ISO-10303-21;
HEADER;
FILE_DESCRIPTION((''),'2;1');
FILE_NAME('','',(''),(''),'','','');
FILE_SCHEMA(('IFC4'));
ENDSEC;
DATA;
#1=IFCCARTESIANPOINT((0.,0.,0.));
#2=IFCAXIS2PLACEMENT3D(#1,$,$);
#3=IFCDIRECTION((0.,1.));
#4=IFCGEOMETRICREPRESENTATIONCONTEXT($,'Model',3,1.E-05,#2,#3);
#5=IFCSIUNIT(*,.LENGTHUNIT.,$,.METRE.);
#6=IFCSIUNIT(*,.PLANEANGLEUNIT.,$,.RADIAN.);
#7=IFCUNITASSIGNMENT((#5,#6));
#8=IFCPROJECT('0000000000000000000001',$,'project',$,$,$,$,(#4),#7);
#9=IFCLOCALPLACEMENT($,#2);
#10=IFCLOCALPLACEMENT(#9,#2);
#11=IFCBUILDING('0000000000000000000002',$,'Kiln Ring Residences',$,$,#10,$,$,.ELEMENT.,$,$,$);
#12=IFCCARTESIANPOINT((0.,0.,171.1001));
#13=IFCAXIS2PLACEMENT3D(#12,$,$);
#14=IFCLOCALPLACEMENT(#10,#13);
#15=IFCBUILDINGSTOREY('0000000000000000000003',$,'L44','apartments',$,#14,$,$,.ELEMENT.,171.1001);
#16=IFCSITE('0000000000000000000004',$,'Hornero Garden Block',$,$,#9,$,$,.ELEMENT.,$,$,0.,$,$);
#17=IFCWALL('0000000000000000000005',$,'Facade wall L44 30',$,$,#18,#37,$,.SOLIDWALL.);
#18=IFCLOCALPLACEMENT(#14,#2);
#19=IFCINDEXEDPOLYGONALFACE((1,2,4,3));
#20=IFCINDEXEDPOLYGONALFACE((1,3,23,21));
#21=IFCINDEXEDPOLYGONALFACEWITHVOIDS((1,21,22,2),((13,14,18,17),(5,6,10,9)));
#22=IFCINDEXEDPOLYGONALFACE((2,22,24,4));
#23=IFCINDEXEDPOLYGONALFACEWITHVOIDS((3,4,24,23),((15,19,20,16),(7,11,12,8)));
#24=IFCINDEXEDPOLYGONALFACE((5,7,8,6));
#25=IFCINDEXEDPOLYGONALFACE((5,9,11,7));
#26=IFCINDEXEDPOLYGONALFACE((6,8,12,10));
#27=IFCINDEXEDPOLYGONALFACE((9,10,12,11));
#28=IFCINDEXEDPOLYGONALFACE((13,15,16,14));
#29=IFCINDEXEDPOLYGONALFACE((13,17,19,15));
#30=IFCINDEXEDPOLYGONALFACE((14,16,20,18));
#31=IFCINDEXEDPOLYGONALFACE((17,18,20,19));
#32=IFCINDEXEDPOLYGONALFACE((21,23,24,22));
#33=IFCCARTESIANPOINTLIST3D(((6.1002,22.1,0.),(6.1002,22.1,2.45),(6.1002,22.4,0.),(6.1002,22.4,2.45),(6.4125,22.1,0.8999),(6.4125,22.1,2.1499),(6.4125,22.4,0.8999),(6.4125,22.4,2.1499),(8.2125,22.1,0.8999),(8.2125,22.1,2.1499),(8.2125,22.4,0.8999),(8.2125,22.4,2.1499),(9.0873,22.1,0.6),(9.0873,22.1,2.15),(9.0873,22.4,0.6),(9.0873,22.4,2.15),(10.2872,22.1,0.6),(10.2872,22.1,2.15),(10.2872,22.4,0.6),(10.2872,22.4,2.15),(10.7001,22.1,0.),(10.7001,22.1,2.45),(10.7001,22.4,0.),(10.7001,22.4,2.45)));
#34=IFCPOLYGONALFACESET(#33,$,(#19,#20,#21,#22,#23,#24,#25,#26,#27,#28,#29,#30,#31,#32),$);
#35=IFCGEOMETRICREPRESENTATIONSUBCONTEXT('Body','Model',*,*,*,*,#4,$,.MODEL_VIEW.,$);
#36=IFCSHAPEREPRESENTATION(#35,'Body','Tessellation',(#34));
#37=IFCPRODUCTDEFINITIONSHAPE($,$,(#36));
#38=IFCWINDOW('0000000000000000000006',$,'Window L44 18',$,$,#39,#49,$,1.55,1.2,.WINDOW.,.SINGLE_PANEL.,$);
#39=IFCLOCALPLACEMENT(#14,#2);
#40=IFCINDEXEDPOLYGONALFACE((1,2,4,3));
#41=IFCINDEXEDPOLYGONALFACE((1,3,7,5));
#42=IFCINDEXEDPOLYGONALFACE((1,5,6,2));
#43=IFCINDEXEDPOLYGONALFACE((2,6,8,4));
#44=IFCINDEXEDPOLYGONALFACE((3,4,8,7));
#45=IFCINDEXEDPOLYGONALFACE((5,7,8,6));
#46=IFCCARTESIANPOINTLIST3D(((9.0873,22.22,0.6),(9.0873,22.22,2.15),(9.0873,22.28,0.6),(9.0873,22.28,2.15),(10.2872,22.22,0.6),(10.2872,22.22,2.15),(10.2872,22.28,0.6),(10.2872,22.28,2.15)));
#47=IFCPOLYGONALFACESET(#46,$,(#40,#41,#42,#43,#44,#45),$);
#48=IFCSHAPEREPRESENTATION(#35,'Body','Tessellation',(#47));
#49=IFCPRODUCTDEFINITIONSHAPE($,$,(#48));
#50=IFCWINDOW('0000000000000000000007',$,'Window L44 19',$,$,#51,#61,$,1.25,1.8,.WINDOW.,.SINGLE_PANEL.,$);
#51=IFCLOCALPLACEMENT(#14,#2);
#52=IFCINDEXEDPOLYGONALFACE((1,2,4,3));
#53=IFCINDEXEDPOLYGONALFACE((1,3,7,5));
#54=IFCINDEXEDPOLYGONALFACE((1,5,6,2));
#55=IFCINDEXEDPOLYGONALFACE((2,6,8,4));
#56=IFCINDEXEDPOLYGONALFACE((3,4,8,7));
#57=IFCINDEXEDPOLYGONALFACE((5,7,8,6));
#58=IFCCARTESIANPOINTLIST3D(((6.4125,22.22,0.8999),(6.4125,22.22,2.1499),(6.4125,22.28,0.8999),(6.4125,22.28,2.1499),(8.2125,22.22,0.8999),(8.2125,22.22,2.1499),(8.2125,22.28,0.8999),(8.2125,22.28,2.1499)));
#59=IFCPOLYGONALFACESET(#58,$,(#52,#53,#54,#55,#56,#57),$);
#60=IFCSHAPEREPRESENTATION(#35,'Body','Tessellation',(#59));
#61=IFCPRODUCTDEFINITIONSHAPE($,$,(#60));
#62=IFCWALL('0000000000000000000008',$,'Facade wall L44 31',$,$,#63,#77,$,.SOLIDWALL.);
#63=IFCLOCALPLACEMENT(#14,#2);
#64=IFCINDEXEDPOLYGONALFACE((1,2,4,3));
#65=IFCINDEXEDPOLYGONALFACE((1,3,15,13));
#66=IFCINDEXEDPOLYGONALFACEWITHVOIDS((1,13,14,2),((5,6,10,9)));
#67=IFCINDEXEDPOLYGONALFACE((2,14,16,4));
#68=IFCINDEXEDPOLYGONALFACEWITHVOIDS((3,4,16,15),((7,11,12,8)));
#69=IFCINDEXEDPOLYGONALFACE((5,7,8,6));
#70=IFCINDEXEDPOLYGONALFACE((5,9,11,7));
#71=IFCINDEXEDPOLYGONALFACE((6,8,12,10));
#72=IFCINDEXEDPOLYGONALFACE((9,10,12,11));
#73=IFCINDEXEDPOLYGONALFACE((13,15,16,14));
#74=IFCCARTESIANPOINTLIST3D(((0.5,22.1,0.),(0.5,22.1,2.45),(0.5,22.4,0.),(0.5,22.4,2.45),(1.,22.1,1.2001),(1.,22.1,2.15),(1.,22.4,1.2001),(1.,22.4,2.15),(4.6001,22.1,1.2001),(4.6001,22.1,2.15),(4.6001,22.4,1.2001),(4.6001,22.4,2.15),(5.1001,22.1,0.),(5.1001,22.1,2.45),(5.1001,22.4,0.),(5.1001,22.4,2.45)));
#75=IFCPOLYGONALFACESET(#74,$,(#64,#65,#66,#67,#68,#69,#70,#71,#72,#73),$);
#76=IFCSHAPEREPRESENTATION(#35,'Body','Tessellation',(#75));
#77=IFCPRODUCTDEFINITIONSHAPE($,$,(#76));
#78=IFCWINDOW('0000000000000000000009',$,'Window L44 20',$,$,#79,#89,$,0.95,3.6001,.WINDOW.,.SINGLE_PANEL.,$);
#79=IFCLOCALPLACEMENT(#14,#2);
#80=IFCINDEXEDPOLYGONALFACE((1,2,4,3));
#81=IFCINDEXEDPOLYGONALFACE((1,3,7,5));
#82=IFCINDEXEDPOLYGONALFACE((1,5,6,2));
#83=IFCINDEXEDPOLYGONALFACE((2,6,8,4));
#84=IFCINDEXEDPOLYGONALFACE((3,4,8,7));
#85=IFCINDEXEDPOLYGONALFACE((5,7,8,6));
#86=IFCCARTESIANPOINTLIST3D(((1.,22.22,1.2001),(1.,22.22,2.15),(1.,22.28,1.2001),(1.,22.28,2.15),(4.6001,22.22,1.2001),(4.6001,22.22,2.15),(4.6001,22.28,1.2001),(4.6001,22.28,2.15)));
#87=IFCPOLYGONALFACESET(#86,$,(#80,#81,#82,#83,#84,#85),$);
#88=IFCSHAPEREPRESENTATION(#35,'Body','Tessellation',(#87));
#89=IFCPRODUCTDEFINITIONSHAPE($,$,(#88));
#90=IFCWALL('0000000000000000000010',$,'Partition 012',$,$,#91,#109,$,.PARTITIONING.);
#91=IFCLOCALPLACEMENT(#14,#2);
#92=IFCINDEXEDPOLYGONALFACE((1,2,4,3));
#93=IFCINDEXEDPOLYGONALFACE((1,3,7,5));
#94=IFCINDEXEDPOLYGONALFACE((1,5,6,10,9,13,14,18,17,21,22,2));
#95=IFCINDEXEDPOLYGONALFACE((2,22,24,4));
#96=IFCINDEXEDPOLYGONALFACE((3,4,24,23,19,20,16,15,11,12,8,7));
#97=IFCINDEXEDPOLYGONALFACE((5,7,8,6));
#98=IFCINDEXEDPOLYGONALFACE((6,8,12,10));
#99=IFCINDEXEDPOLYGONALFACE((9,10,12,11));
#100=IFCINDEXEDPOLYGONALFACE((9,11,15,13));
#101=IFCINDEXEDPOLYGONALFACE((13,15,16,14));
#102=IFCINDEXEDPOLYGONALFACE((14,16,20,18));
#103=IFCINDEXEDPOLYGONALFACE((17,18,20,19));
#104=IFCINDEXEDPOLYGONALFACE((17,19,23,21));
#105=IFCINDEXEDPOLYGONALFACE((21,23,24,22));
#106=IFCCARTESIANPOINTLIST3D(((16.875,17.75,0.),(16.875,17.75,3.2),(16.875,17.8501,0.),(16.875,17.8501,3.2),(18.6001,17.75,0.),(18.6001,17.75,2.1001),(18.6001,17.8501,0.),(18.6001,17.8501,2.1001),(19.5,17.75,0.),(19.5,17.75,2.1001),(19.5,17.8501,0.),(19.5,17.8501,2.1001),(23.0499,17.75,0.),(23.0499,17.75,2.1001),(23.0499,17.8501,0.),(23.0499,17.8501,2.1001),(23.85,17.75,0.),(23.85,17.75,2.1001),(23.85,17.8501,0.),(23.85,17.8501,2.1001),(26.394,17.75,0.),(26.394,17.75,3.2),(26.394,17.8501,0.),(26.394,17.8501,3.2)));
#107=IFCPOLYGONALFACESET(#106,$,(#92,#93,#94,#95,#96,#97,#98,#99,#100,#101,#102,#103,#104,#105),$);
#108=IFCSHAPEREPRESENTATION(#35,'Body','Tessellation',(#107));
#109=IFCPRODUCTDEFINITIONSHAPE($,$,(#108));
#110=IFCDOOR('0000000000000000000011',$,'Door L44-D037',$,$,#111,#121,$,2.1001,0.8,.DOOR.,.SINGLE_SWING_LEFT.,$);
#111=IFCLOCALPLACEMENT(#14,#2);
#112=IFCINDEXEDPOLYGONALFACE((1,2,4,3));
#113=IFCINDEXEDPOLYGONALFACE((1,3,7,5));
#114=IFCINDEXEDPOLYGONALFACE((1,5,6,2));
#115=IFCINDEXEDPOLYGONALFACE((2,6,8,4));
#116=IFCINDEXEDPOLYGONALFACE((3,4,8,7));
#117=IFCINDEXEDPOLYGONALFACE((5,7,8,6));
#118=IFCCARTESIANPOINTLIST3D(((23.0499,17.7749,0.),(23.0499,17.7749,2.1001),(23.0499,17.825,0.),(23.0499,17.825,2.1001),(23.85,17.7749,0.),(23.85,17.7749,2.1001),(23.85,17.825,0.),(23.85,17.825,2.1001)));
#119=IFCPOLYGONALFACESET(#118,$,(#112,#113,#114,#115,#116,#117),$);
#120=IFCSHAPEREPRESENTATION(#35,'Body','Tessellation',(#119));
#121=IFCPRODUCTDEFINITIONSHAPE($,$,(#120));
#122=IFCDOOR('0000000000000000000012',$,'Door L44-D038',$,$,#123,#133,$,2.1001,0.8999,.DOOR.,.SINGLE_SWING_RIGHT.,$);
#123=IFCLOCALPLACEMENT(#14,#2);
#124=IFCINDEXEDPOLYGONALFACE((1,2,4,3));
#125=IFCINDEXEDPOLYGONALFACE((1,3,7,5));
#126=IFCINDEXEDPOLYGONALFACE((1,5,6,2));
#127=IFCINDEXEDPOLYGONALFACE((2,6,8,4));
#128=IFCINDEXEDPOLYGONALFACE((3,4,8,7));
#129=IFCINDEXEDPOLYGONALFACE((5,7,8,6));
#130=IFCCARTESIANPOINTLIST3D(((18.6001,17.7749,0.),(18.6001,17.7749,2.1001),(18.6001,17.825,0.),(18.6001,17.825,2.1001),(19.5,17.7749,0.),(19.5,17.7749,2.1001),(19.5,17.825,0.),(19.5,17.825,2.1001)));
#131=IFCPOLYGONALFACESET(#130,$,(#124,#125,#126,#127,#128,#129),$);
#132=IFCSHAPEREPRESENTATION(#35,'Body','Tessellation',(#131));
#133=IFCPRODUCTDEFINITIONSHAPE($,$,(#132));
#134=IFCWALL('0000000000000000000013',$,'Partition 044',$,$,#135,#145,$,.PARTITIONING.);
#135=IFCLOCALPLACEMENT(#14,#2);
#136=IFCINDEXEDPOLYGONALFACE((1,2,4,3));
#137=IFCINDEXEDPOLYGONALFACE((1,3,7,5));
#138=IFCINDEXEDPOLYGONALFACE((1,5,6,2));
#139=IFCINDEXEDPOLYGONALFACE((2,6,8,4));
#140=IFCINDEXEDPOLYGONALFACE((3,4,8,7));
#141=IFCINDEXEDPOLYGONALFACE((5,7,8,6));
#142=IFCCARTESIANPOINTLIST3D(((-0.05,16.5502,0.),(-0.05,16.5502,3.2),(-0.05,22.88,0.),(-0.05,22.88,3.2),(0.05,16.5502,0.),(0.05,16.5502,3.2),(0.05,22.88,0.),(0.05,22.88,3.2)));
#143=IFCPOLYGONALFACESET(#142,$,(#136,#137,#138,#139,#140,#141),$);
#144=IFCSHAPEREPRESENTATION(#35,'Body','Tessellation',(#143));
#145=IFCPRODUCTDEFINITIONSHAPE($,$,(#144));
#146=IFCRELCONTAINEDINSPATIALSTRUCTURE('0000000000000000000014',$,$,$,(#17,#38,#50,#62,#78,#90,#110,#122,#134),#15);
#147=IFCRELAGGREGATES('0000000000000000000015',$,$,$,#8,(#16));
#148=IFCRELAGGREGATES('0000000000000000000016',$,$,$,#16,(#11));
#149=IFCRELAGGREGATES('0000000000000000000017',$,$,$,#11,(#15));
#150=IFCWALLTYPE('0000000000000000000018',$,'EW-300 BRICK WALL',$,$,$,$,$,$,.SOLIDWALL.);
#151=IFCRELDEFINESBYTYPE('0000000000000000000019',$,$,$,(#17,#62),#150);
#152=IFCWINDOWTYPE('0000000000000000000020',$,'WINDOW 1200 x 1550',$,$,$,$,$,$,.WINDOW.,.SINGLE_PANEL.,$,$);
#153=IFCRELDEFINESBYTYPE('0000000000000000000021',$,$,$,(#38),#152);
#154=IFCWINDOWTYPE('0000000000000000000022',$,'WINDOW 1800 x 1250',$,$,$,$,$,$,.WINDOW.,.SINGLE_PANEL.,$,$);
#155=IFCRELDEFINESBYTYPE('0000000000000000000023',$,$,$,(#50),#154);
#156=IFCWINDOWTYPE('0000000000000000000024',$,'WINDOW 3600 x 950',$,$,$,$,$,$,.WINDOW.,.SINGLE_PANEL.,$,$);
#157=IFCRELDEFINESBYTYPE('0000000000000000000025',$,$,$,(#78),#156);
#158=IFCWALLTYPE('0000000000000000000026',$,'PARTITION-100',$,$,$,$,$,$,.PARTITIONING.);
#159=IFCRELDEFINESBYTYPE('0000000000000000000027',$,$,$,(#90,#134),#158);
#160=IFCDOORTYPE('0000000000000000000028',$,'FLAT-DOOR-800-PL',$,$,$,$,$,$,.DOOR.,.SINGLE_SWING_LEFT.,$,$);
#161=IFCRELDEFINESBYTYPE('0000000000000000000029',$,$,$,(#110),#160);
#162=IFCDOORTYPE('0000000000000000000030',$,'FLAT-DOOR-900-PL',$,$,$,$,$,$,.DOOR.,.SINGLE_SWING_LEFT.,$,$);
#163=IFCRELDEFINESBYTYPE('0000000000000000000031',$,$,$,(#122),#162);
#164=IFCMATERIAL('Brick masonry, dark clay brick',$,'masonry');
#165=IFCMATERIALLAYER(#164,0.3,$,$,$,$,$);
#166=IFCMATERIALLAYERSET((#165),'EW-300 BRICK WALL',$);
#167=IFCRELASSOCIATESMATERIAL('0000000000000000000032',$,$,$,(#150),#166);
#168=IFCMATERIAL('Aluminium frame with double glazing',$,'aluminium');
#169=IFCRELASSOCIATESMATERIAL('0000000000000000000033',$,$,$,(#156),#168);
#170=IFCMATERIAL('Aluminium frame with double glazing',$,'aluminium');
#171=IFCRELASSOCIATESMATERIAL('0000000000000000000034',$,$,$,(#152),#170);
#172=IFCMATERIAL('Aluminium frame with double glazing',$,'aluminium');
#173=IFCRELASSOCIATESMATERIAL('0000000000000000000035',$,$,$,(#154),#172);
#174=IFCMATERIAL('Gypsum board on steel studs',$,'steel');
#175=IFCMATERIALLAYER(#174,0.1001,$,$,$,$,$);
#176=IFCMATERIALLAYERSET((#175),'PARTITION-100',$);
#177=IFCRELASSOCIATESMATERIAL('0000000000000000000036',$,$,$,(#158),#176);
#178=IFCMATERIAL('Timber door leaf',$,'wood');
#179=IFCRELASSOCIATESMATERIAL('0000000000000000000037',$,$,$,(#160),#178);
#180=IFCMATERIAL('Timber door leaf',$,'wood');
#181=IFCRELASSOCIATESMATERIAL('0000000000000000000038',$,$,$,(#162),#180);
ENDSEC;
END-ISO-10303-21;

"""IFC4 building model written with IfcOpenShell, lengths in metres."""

from ifc_helpers import new_model, si_unit, direction, frame, frame_2d, origin, place, context, subcontext, project, spatial, rectangle, extrude, material, layer, layer_set, type_object, element, fill, save


model = new_model("IFC4")

# Units and contexts
model_context = context("Model", 3, precision=1e-05, world=origin(), true_north=direction((0.0, 1.0)))
body_context = subcontext(model_context, "Body", "Model", "MODEL_VIEW")
ifc_project = project(units=[si_unit("LENGTHUNIT", "METRE"), si_unit("PLANEANGLEUNIT", "RADIAN")], contexts=[model_context])

# Site, building, storey
site_placement = place(None, origin())
site = spatial("IfcSite", under=ifc_project, at=site_placement, Name="Hornero Garden Block", CompositionType="ELEMENT", RefElevation=0.0)
building_placement = place(site_placement, origin())
building = spatial("IfcBuilding", under=site, at=building_placement, Name="Kiln Ring Residences", CompositionType="ELEMENT")
storey_placement = place(building_placement, frame((0.0, 0.0, 171.1001)))
storey = spatial("IfcBuildingStorey", under=building, at=storey_placement, Name="L44", Description="apartments", CompositionType="ELEMENT", Elevation=171.1001)

# Shared definitions
ifc_material_1 = material(Name="Brick masonry, dark clay brick", Category="masonry")
ifc_layer_1 = layer(ifc_material_1, 0.3)
ifc_layer_set_1 = layer_set([ifc_layer_1], Name="EW-300 BRICK WALL")
wall_type_1 = type_object("IfcWallType", Name="EW-300 BRICK WALL", PredefinedType="SOLIDWALL", material=ifc_layer_set_1)
ifc_material_2 = material(Name="Aluminium frame with double glazing", Category="aluminium")
window_type_1 = type_object("IfcWindowType", Name="WINDOW 3600 x 950", PartitioningType="SINGLE_PANEL", PredefinedType="WINDOW", material=ifc_material_2)

# Wall, openings, windows
wall_1_placement = place(storey_placement, frame((10.7, 22.25, 0.0), z_axis=(0.0, 0.0, 1.0), x_axis=(-1.0, 0.0, 0.0)))
wall_1 = element("IfcWall", 1, at=wall_1_placement, inside=storey, type_object=wall_type_1, Name="Facade wall L44 30", PredefinedType="SOLIDWALL", context=body_context, shape_type="SweptSolid", body=[
    extrude(rectangle(XDim=4.5999, YDim=0.3, at=frame_2d((2.2998, 0.0))), origin(), (0.0, 0.0, 1.0), 2.45),
])
opening_1_placement = place(wall_1_placement, frame((0.4126, 0.0, 0.6001)))
opening_1 = element("IfcOpeningElement", 2, at=opening_1_placement, cuts=wall_1, PredefinedType="OPENING", context=body_context, shape_type="SweptSolid", body=[
    extrude(rectangle(XDim=1.2, YDim=1.55, at=frame_2d((0.6001, 0.7749))), frame((0.0, 0.1599, 0.0), z_axis=(0.0, -1.0, 0.0), x_axis=(1.0, 0.0, 0.0)), (0.0, 0.0, 1.0), 0.3201),
])
opening_2_placement = place(wall_1_placement, frame((2.4875, 0.0, 0.8999)))
opening_2 = element("IfcOpeningElement", 3, at=opening_2_placement, cuts=wall_1, PredefinedType="OPENING", context=body_context, shape_type="SweptSolid", body=[
    extrude(rectangle(XDim=1.8, YDim=1.25, at=frame_2d((0.8999, 0.625))), frame((0.0, 0.1599, 0.0), z_axis=(0.0, -1.0, 0.0), x_axis=(1.0, 0.0, 0.0)), (0.0, 0.0, 1.0), 0.3201),
])
ifc_material_3 = material(Name="Aluminium frame with double glazing", Category="aluminium")
window_type_2 = type_object("IfcWindowType", Name="WINDOW 1200 x 1550", PartitioningType="SINGLE_PANEL", PredefinedType="WINDOW", material=ifc_material_3)
window_1_placement = place(opening_1_placement, origin())
window_1 = element("IfcWindow", 4, at=window_1_placement, inside=storey, type_object=window_type_2, Name="Window L44 18", OverallHeight=1.55, OverallWidth=1.2, PartitioningType="SINGLE_PANEL", PredefinedType="WINDOW", context=body_context, shape_type="SweptSolid", body=[
    extrude(rectangle(XDim=1.2, YDim=1.55, at=frame_2d((0.6001, 0.7749))), frame((0.0, 0.03, 0.0), z_axis=(0.0, -1.0, 0.0), x_axis=(1.0, 0.0, 0.0)), (0.0, 0.0, 1.0), 0.0601),
])
fill(opening_1, window_1)
ifc_material_4 = material(Name="Aluminium frame with double glazing", Category="aluminium")
window_type_3 = type_object("IfcWindowType", Name="WINDOW 1800 x 1250", PartitioningType="SINGLE_PANEL", PredefinedType="WINDOW", material=ifc_material_4)
window_2_placement = place(opening_2_placement, origin())
window_2 = element("IfcWindow", 5, at=window_2_placement, inside=storey, type_object=window_type_3, Name="Window L44 19", OverallHeight=1.25, OverallWidth=1.8, PartitioningType="SINGLE_PANEL", PredefinedType="WINDOW", context=body_context, shape_type="SweptSolid", body=[
    extrude(rectangle(XDim=1.8, YDim=1.25, at=frame_2d((0.8999, 0.625))), frame((0.0, 0.03, 0.0), z_axis=(0.0, -1.0, 0.0), x_axis=(1.0, 0.0, 0.0)), (0.0, 0.0, 1.0), 0.0601),
])
fill(opening_2, window_2)

# Wall, opening, window
wall_2_placement = place(storey_placement, frame((5.1001, 22.25, 0.0), z_axis=(0.0, 0.0, 1.0), x_axis=(-1.0, 0.0, 0.0)))
wall_2 = element("IfcWall", 6, at=wall_2_placement, inside=storey, type_object=wall_type_1, Name="Facade wall L44 31", PredefinedType="SOLIDWALL", context=body_context, shape_type="SweptSolid", body=[
    extrude(rectangle(XDim=4.6001, YDim=0.3, at=frame_2d((2.3, 0.0))), origin(), (0.0, 0.0, 1.0), 2.45),
])
opening_3_placement = place(wall_2_placement, frame((0.5, 0.0, 1.2)))
opening_3 = element("IfcOpeningElement", 7, at=opening_3_placement, cuts=wall_2, PredefinedType="OPENING", context=body_context, shape_type="SweptSolid", body=[
    extrude(rectangle(XDim=3.6001, YDim=0.95, at=frame_2d((1.8, 0.4751))), frame((0.0, 0.1599, 0.0), z_axis=(0.0, -1.0, 0.0), x_axis=(1.0, 0.0, 0.0)), (0.0, 0.0, 1.0), 0.3201),
])
window_3_placement = place(opening_3_placement, origin())
window_3 = element("IfcWindow", 8, at=window_3_placement, inside=storey, type_object=window_type_1, Name="Window L44 20", OverallHeight=0.95, OverallWidth=3.6001, PartitioningType="SINGLE_PANEL", PredefinedType="WINDOW", context=body_context, shape_type="SweptSolid", body=[
    extrude(rectangle(XDim=3.6001, YDim=0.95, at=frame_2d((1.8, 0.4751))), frame((0.0, 0.03, 0.0), z_axis=(0.0, -1.0, 0.0), x_axis=(1.0, 0.0, 0.0)), (0.0, 0.0, 1.0), 0.0601),
])
fill(opening_3, window_3)

# Wall, openings, doors
ifc_material_5 = material(Name="Gypsum board on steel studs", Category="steel")
ifc_layer_2 = layer(ifc_material_5, 0.1001)
ifc_layer_set_2 = layer_set([ifc_layer_2], Name="PARTITION-100")
wall_type_2 = type_object("IfcWallType", Name="PARTITION-100", PredefinedType="PARTITIONING", material=ifc_layer_set_2)
wall_3_placement = place(storey_placement, frame((16.875, 17.8, 0.0), z_axis=(0.0, 0.0, 1.0), x_axis=(1.0, 0.0, 0.0)))
wall_3 = element("IfcWall", 9, at=wall_3_placement, inside=storey, type_object=wall_type_2, Name="Partition 012", PredefinedType="PARTITIONING", context=body_context, shape_type="SweptSolid", body=[
    extrude(rectangle(XDim=9.519, YDim=0.1001, at=frame_2d((4.7595, 0.0))), origin(), (0.0, 0.0, 1.0), 3.2),
])
opening_4_placement = place(wall_3_placement, frame((6.175, 0.0, 0.0)))
opening_4 = element("IfcOpeningElement", 10, at=opening_4_placement, cuts=wall_3, PredefinedType="OPENING", context=body_context, shape_type="SweptSolid", body=[
    extrude(rectangle(XDim=0.8, YDim=2.1001, at=frame_2d((0.3999, 1.05))), frame((0.0, 0.0601, 0.0), z_axis=(0.0, -1.0, 0.0), x_axis=(1.0, 0.0, 0.0)), (0.0, 0.0, 1.0), 0.1201),
])
opening_5_placement = place(wall_3_placement, frame((1.7251, 0.0, 0.0)))
opening_5 = element("IfcOpeningElement", 11, at=opening_5_placement, cuts=wall_3, PredefinedType="OPENING", context=body_context, shape_type="SweptSolid", body=[
    extrude(rectangle(XDim=0.8999, YDim=2.1001, at=frame_2d((0.45, 1.05))), frame((0.0, 0.0601, 0.0), z_axis=(0.0, -1.0, 0.0), x_axis=(1.0, 0.0, 0.0)), (0.0, 0.0, 1.0), 0.1201),
])
ifc_material_6 = material(Name="Timber door leaf", Category="wood")
door_type_1 = type_object("IfcDoorType", Name="FLAT-DOOR-800-PL", OperationType="SINGLE_SWING_LEFT", PredefinedType="DOOR", material=ifc_material_6)
door_1_placement = place(opening_4_placement, origin())
door_1 = element("IfcDoor", 12, at=door_1_placement, inside=storey, type_object=door_type_1, Name="Door L44-D037", OperationType="SINGLE_SWING_LEFT", OverallHeight=2.1001, OverallWidth=0.8, PredefinedType="DOOR", context=body_context, shape_type="SweptSolid", body=[
    extrude(rectangle(XDim=0.8, YDim=2.1001, at=frame_2d((0.3999, 1.05))), frame((0.0, 0.0249, 0.0), z_axis=(0.0, -1.0, 0.0), x_axis=(1.0, 0.0, 0.0)), (0.0, 0.0, 1.0), 0.05),
])
fill(opening_4, door_1)
ifc_material_7 = material(Name="Timber door leaf", Category="wood")
door_type_2 = type_object("IfcDoorType", Name="FLAT-DOOR-900-PL", OperationType="SINGLE_SWING_LEFT", PredefinedType="DOOR", material=ifc_material_7)
door_2_placement = place(opening_5_placement, origin())
door_2 = element("IfcDoor", 13, at=door_2_placement, inside=storey, type_object=door_type_2, Name="Door L44-D038", OperationType="SINGLE_SWING_RIGHT", OverallHeight=2.1001, OverallWidth=0.8999, PredefinedType="DOOR", context=body_context, shape_type="SweptSolid", body=[
    extrude(rectangle(XDim=0.8999, YDim=2.1001, at=frame_2d((0.45, 1.05))), frame((0.0, 0.0249, 0.0), z_axis=(0.0, -1.0, 0.0), x_axis=(1.0, 0.0, 0.0)), (0.0, 0.0, 1.0), 0.05),
])
fill(opening_5, door_2)

# Wall
wall_4_placement = place(storey_placement, frame((0.0, 16.55, 0.0), z_axis=(0.0, 0.0, 1.0), x_axis=(0.0, 1.0, 0.0)))
element("IfcWall", 14, at=wall_4_placement, inside=storey, type_object=wall_type_2, Name="Partition 044", PredefinedType="PARTITIONING", context=body_context, shape_type="SweptSolid", body=[
    extrude(rectangle(XDim=6.3298, YDim=0.1001, at=frame_2d((3.165, 0.0))), origin(), (0.0, 0.0, 1.0), 3.2),
])

save(model, "model.ifc")
